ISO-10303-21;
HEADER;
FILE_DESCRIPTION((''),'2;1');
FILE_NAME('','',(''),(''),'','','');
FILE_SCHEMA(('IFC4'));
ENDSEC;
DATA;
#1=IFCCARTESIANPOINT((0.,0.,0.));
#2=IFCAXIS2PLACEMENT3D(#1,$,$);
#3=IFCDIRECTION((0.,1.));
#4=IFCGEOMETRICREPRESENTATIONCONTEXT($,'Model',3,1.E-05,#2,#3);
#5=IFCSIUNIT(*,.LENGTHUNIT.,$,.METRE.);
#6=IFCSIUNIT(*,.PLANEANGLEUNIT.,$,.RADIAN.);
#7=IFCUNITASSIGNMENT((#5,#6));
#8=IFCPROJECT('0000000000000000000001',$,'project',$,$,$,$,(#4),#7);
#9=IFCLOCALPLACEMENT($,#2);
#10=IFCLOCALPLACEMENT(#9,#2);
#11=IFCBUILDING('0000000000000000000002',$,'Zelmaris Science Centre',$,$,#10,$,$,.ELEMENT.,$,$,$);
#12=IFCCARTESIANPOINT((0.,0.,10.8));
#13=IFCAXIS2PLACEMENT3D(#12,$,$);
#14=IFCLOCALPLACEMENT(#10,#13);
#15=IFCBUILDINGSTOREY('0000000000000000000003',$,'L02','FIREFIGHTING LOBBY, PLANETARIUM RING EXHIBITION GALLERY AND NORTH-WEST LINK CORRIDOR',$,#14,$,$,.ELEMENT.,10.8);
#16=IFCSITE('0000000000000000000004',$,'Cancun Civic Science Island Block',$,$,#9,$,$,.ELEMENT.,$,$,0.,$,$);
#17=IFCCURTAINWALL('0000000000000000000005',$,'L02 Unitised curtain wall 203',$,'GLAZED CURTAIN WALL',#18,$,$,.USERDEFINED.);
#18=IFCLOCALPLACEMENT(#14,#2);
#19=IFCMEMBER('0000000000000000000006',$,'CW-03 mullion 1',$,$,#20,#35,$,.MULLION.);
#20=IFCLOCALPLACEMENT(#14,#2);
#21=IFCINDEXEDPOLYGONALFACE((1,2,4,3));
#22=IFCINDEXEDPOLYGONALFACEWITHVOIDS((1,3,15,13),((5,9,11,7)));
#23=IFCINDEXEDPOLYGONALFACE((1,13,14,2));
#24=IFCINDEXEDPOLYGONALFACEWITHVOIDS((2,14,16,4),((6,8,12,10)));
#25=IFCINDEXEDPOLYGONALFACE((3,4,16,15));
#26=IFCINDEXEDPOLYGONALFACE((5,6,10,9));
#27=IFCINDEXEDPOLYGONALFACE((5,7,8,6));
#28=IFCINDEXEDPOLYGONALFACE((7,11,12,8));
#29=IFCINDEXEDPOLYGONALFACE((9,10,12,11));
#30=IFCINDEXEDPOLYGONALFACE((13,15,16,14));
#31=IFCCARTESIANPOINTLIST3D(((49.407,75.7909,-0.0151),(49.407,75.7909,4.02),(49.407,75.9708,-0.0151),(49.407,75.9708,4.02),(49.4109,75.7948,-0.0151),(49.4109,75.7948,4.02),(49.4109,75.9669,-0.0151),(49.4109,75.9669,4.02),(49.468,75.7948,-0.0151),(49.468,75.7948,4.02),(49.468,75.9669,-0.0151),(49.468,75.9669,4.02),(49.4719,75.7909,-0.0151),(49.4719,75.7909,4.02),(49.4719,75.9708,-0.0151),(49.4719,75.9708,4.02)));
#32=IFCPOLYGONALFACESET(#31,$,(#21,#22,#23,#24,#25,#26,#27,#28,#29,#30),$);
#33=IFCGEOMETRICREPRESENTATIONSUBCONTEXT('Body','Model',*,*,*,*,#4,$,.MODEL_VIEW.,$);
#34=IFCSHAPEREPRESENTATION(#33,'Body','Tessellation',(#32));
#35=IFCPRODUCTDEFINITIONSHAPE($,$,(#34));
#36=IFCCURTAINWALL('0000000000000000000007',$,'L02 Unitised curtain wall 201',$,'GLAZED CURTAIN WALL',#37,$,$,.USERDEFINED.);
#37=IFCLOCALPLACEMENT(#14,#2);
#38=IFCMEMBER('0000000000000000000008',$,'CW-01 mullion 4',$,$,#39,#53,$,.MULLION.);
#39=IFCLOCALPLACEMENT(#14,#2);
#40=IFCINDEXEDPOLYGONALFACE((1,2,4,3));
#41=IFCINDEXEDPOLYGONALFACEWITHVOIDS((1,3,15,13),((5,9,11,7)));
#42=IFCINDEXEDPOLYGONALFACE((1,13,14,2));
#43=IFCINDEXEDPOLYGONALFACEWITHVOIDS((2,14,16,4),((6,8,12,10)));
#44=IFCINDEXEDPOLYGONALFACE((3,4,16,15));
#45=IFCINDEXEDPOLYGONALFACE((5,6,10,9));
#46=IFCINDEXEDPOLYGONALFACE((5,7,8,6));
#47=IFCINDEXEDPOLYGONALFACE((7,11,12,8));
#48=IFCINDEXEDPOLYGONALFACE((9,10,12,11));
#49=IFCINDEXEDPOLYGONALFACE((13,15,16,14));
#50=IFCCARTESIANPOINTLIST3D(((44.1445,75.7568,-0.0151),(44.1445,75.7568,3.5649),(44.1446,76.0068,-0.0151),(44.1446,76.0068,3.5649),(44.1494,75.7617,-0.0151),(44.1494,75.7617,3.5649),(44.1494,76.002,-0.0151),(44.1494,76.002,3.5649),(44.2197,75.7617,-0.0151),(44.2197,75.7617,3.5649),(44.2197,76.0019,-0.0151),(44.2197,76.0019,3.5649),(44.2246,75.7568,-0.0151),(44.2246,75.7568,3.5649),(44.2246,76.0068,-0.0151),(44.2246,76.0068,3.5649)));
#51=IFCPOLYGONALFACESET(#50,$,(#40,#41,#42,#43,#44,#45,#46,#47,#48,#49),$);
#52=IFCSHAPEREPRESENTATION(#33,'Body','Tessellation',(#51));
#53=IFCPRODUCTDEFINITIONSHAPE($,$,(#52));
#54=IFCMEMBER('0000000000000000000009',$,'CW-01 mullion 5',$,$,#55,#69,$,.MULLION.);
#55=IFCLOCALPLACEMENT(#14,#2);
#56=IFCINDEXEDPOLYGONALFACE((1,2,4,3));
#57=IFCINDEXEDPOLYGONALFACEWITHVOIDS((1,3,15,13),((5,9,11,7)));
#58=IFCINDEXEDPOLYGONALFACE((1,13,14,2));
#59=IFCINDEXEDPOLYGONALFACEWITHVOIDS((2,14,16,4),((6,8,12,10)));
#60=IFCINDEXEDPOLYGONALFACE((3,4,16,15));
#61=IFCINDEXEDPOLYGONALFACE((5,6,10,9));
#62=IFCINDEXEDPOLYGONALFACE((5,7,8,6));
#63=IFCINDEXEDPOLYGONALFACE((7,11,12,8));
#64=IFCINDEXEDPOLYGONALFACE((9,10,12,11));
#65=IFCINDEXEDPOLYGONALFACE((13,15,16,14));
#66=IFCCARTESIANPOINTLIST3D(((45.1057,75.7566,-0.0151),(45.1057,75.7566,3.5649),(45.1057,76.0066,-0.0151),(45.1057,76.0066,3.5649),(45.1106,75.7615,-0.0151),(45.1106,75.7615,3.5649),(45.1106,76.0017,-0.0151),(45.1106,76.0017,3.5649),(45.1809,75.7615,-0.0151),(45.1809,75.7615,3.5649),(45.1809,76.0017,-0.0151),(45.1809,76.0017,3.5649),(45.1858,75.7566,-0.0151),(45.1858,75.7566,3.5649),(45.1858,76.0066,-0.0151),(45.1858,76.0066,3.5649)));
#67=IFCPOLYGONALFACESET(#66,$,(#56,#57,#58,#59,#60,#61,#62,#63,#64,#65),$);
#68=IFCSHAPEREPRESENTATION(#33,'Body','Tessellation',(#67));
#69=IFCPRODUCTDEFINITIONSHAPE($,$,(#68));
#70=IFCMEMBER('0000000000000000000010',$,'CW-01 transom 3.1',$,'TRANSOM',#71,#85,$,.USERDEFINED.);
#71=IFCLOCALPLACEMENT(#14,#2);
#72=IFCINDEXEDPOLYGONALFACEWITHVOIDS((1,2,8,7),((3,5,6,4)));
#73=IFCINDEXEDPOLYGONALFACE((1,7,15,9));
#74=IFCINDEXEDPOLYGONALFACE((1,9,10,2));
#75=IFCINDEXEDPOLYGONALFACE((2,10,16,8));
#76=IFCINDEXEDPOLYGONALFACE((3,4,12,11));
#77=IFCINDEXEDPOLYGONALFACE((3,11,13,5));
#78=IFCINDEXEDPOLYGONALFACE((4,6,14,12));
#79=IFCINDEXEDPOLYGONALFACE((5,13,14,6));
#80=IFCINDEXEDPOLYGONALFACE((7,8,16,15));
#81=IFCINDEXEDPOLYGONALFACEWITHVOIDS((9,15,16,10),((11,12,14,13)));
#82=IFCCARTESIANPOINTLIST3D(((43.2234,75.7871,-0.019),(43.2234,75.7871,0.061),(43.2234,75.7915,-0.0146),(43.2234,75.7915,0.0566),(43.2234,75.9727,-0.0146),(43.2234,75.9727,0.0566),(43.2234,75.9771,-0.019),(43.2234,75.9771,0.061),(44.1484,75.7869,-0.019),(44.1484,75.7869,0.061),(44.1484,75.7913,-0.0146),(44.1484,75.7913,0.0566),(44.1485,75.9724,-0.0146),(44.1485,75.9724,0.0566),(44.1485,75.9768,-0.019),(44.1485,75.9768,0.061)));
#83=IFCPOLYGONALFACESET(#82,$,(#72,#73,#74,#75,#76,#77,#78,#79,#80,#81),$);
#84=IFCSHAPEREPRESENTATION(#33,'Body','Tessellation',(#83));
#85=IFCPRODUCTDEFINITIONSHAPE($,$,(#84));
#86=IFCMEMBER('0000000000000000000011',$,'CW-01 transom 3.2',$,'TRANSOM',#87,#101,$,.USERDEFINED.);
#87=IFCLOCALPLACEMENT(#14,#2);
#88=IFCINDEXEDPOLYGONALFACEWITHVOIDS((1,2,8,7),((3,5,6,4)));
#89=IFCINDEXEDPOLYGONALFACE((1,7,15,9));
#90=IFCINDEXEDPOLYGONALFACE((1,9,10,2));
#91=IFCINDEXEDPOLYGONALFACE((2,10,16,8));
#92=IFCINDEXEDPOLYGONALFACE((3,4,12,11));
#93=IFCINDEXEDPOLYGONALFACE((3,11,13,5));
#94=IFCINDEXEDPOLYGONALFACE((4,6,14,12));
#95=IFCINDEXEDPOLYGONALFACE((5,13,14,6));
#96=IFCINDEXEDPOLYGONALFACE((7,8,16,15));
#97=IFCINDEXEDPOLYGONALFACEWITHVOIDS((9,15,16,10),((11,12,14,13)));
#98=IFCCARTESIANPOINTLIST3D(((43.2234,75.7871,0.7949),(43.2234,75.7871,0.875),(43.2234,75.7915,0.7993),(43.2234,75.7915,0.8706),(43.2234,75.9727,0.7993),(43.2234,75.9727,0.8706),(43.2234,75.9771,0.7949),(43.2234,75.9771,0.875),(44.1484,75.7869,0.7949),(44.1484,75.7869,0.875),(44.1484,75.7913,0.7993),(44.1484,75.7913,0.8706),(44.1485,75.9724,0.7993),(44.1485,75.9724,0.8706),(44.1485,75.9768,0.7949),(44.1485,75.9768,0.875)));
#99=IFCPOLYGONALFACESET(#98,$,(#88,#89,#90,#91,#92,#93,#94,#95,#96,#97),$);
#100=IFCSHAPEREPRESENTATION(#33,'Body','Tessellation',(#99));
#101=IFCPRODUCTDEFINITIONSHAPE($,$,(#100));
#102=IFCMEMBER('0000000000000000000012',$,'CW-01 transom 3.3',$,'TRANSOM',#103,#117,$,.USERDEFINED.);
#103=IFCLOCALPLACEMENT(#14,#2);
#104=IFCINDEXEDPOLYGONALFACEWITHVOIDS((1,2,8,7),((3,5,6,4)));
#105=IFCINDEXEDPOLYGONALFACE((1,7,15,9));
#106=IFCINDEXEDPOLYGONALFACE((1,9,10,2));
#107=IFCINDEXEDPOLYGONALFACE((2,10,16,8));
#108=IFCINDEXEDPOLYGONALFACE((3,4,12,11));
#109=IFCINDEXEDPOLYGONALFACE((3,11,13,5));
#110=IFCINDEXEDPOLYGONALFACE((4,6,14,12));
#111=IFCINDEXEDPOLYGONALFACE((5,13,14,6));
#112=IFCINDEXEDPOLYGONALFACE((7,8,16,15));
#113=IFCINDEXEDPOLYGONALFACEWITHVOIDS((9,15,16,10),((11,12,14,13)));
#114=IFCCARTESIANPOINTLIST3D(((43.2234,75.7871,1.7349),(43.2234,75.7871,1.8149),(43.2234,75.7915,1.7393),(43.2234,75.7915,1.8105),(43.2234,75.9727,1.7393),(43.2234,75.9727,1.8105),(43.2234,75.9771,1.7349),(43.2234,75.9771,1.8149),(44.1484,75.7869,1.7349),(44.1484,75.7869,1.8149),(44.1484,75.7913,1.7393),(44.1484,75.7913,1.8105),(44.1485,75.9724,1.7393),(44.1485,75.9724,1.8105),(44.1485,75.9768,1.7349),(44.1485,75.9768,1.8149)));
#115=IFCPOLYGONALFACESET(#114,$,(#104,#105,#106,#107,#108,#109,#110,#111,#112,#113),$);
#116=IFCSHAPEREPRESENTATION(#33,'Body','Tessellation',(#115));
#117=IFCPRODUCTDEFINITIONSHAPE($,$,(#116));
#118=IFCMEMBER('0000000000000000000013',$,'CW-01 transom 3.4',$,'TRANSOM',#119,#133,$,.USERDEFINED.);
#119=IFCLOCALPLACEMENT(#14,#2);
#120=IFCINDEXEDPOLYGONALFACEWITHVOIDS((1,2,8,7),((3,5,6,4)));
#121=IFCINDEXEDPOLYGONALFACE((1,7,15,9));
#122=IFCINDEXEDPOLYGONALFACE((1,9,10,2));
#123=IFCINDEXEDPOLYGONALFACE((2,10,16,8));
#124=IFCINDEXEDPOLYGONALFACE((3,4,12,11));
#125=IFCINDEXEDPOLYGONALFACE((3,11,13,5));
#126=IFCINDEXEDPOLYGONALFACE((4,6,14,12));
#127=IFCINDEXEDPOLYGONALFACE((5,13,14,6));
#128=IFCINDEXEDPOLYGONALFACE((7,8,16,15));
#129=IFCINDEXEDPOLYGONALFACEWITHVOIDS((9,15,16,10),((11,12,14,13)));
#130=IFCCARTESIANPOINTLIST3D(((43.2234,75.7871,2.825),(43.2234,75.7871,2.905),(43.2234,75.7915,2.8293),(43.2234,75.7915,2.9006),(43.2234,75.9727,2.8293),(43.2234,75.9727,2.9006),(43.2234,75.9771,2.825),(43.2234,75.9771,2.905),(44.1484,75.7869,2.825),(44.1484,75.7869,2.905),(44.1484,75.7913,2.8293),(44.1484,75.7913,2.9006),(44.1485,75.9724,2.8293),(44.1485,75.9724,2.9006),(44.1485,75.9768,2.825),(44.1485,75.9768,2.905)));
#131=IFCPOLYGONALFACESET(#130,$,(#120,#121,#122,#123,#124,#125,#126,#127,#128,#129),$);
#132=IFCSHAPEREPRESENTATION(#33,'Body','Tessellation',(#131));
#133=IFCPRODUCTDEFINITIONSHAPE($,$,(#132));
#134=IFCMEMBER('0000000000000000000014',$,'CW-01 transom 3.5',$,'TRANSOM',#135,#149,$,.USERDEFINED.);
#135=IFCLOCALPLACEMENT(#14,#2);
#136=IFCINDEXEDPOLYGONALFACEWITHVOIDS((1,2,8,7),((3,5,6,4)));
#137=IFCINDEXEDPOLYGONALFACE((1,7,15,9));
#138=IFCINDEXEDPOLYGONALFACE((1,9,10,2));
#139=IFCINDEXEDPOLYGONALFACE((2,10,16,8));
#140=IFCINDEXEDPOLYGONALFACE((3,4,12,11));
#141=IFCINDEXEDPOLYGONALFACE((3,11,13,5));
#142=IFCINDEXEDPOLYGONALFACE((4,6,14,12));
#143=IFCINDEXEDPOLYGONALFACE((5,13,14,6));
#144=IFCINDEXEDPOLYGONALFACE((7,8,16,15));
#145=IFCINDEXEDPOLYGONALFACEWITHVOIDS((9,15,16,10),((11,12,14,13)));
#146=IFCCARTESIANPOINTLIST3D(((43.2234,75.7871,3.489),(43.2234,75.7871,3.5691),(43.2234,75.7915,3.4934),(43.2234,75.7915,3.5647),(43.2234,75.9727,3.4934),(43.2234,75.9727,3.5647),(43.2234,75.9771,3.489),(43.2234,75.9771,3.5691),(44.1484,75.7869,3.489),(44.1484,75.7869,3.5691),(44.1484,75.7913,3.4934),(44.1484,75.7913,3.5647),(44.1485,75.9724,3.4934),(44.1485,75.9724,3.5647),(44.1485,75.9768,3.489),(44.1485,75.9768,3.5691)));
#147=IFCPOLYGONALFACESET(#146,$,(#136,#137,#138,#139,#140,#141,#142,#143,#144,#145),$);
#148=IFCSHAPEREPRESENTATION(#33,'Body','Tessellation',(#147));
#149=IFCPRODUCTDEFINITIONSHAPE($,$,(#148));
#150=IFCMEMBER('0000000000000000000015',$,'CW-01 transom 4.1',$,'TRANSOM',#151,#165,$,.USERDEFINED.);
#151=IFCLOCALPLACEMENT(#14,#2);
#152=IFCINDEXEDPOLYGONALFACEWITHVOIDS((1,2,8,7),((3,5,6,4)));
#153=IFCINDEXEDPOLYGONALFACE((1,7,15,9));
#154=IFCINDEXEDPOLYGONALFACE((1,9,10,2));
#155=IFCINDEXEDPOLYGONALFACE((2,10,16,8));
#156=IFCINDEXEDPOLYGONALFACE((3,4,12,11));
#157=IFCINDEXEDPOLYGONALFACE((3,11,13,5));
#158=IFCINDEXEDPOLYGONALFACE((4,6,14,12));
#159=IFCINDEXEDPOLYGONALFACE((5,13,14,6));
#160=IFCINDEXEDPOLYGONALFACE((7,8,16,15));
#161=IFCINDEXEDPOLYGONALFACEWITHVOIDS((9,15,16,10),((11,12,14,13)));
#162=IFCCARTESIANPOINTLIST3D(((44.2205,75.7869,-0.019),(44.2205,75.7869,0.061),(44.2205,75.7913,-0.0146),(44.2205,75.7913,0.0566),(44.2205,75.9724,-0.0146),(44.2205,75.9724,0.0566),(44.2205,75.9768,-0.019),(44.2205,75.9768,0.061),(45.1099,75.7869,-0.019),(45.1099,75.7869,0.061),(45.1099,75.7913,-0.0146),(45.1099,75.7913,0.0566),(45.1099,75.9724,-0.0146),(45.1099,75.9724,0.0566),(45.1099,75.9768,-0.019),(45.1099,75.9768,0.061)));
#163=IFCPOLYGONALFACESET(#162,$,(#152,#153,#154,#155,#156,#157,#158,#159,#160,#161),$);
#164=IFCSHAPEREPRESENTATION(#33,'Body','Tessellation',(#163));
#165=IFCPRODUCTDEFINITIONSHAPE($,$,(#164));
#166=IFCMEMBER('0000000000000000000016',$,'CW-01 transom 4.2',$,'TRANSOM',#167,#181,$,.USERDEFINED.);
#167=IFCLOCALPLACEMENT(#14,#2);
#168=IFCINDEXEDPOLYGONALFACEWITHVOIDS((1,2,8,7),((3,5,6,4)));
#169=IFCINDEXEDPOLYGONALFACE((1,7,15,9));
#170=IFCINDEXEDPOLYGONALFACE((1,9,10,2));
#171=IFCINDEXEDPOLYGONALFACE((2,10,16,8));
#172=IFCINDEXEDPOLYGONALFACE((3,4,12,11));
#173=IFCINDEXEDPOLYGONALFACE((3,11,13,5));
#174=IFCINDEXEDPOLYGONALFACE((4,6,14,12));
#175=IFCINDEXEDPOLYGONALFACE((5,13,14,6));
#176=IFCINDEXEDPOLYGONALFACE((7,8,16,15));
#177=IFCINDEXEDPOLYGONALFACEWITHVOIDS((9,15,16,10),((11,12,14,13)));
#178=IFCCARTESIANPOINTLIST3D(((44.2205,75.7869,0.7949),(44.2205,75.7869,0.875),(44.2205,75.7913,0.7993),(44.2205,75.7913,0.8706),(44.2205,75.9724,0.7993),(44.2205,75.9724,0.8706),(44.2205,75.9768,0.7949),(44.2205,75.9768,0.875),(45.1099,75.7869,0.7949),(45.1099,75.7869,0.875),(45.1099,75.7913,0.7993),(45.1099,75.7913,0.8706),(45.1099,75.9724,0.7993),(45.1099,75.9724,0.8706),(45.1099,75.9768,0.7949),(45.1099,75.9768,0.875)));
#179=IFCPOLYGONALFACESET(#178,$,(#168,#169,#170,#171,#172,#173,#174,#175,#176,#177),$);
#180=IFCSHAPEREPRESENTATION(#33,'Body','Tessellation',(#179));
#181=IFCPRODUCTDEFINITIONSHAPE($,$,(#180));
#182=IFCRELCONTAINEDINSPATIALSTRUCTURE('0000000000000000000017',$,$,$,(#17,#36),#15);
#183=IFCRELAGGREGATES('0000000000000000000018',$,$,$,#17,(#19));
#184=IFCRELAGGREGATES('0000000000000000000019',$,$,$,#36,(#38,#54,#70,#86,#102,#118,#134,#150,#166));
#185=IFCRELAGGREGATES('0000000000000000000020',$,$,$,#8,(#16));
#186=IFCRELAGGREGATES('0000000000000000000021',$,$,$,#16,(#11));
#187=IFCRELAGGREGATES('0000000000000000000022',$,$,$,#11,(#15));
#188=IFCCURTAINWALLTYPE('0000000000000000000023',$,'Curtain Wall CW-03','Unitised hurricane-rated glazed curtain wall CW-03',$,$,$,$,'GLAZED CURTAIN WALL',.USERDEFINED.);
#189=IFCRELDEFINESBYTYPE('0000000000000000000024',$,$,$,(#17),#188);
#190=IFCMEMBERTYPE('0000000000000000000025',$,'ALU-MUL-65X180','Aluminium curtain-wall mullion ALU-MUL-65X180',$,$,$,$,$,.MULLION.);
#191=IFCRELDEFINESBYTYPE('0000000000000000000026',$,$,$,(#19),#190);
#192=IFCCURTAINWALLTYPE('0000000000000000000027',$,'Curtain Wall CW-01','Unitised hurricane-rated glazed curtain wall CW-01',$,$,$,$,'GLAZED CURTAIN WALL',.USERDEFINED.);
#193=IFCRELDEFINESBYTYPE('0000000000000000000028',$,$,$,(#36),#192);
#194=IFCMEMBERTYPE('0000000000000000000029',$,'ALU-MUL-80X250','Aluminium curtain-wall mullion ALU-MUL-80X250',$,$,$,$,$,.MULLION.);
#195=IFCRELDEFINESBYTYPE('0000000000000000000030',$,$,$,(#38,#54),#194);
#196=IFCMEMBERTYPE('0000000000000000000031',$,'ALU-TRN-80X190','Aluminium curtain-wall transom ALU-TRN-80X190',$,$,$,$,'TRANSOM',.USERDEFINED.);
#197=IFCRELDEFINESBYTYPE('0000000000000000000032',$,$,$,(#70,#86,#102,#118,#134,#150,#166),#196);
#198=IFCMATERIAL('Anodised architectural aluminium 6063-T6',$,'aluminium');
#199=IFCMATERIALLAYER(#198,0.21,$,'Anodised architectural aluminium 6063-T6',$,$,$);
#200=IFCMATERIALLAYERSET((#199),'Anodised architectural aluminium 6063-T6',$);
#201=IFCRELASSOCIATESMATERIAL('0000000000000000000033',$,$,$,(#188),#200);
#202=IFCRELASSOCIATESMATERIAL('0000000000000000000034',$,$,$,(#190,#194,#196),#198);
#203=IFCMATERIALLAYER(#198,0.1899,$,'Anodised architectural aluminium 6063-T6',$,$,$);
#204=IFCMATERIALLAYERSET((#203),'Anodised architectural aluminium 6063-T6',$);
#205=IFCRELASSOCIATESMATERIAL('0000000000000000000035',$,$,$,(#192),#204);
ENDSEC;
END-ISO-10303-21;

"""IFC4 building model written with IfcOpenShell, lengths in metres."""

from ifc_helpers import new_model, si_unit, direction, frame, origin, origin_2d, place, context, subcontext, project, spatial, hollow_rectangle, extrude, material, layer, layer_set, material_profile, profile_set, type_object, element, aggregate, save


model = new_model("IFC4")

# Units and contexts
model_context = context("Model", 3, precision=1e-05, world=origin(), true_north=direction((0.0, 1.0)))
body_context = subcontext(model_context, "Body", "Model", "MODEL_VIEW")
ifc_project = project(units=[si_unit("LENGTHUNIT", "METRE"), si_unit("PLANEANGLEUNIT", "RADIAN")], contexts=[model_context])

# Site, building, storey
site_placement = place(None, origin())
site = spatial("IfcSite", under=ifc_project, at=site_placement, Name="Cancun Civic Science Island Block", CompositionType="ELEMENT", RefElevation=0.0)
building_placement = place(site_placement, origin())
building = spatial("IfcBuilding", under=site, at=building_placement, Name="Zelmaris Science Centre", CompositionType="ELEMENT")
storey_placement = place(building_placement, frame((0.0, 0.0, 10.8)))
storey = spatial("IfcBuildingStorey", under=building, at=storey_placement, Name="L02", Description="FIREFIGHTING LOBBY, PLANETARIUM RING EXHIBITION GALLERY AND NORTH-WEST LINK CORRIDOR", CompositionType="ELEMENT", Elevation=10.8)

# Curtain wall, member
ifc_material_1 = material(Name="Anodised architectural aluminium 6063-T6", Category="aluminium")
ifc_layer_1 = layer(ifc_material_1, 0.21, Name="Anodised architectural aluminium 6063-T6")
ifc_layer_set_1 = layer_set([ifc_layer_1], Name="Anodised architectural aluminium 6063-T6")
curtain_wall_type_1 = type_object("IfcCurtainWallType", Name="Curtain Wall CW-03", Description="Unitised hurricane-rated glazed curtain wall CW-03", ElementType="GLAZED CURTAIN WALL", PredefinedType="USERDEFINED", material=ifc_layer_set_1)
curtain_wall_1_placement = place(storey_placement, origin())
curtain_wall_1 = element("IfcCurtainWall", 1, at=curtain_wall_1_placement, inside=storey, type_object=curtain_wall_type_1, Name="L02 Unitised curtain wall 203", ObjectType="GLAZED CURTAIN WALL", PredefinedType="USERDEFINED")
ifc_material_profile_1 = material_profile(ifc_material_1, hollow_rectangle(XDim=0.0649, YDim=0.1799, WallThickness=0.0039, at=origin_2d()), Name="ALU-MUL-65X180")
ifc_profile_set_1 = profile_set([ifc_material_profile_1], Name="Anodised architectural aluminium 6063-T6")
member_type_1 = type_object("IfcMemberType", Name="ALU-MUL-65X180", Description="Aluminium curtain-wall mullion ALU-MUL-65X180", PredefinedType="MULLION", material=ifc_profile_set_1)
member_1_placement = place(storey_placement, frame((49.4395, 75.8809, -0.0151), z_axis=(0.0, 0.0, 1.0), x_axis=(1.0, -0.000194, 0.0)))
member_1 = element("IfcMember", 2, at=member_1_placement, type_object=member_type_1, Name="CW-03 mullion 1", PredefinedType="MULLION", context=body_context, shape_type="SweptSolid", body=[
    extrude(hollow_rectangle(XDim=0.0649, YDim=0.1799, WallThickness=0.0039, at=origin_2d()), origin(), (0.0, 0.0, 1.0), 4.0352),
])
aggregate(curtain_wall_1, [member_1])

# Curtain wall, members
ifc_layer_2 = layer(ifc_material_1, 0.1899, Name="Anodised architectural aluminium 6063-T6")
ifc_layer_set_2 = layer_set([ifc_layer_2], Name="Anodised architectural aluminium 6063-T6")
curtain_wall_type_2 = type_object("IfcCurtainWallType", Name="Curtain Wall CW-01", Description="Unitised hurricane-rated glazed curtain wall CW-01", ElementType="GLAZED CURTAIN WALL", PredefinedType="USERDEFINED", material=ifc_layer_set_2)
curtain_wall_2_placement = place(storey_placement, origin())
curtain_wall_2 = element("IfcCurtainWall", 3, at=curtain_wall_2_placement, inside=storey, type_object=curtain_wall_type_2, Name="L02 Unitised curtain wall 201", ObjectType="GLAZED CURTAIN WALL", PredefinedType="USERDEFINED")
ifc_material_profile_2 = material_profile(ifc_material_1, hollow_rectangle(XDim=0.0801, YDim=0.25, WallThickness=0.0049, at=origin_2d()), Name="ALU-MUL-80X250")
ifc_profile_set_2 = profile_set([ifc_material_profile_2], Name="Anodised architectural aluminium 6063-T6")
member_type_2 = type_object("IfcMemberType", Name="ALU-MUL-80X250", Description="Aluminium curtain-wall mullion ALU-MUL-80X250", PredefinedType="MULLION", material=ifc_profile_set_2)
member_2_placement = place(storey_placement, frame((44.1846, 75.8818, -0.0151), z_axis=(0.0, 0.0, 1.0), x_axis=(1.0, -0.000194, 0.0)))
member_2 = element("IfcMember", 4, at=member_2_placement, type_object=member_type_2, Name="CW-01 mullion 4", PredefinedType="MULLION", context=body_context, shape_type="SweptSolid", body=[
    extrude(hollow_rectangle(XDim=0.0801, YDim=0.25, WallThickness=0.0049, at=origin_2d()), origin(), (0.0, 0.0, 1.0), 3.5801),
])
member_3_placement = place(storey_placement, frame((45.1458, 75.8816, -0.0151), z_axis=(0.0, 0.0, 1.0), x_axis=(1.0, -0.000194, 0.0)))
member_3 = element("IfcMember", 5, at=member_3_placement, type_object=member_type_2, Name="CW-01 mullion 5", PredefinedType="MULLION", context=body_context, shape_type="SweptSolid", body=[
    extrude(hollow_rectangle(XDim=0.0801, YDim=0.25, WallThickness=0.0049, at=origin_2d()), origin(), (0.0, 0.0, 1.0), 3.5801),
])
ifc_material_profile_3 = material_profile(ifc_material_1, hollow_rectangle(XDim=0.0801, YDim=0.1899, WallThickness=0.0044, at=origin_2d()), Name="ALU-TRN-80X190")
ifc_profile_set_3 = profile_set([ifc_material_profile_3], Name="Anodised architectural aluminium 6063-T6")
member_type_3 = type_object("IfcMemberType", Name="ALU-TRN-80X190", Description="Aluminium curtain-wall transom ALU-TRN-80X190", ElementType="TRANSOM", PredefinedType="USERDEFINED", material=ifc_profile_set_3)
member_4_placement = place(storey_placement, frame((43.2234, 75.8821, 0.021), z_axis=(1.0, -0.000264, 0.0), x_axis=(0.0, 0.0, 1.0)))
member_4 = element("IfcMember", 6, at=member_4_placement, type_object=member_type_3, Name="CW-01 transom 3.1", ObjectType="TRANSOM", PredefinedType="USERDEFINED", context=body_context, shape_type="SweptSolid", body=[
    extrude(hollow_rectangle(XDim=0.0801, YDim=0.1899, WallThickness=0.0044, at=origin_2d()), origin(), (0.0, 0.0, 1.0), 0.925),
])
member_5_placement = place(storey_placement, frame((43.2234, 75.8821, 0.835), z_axis=(1.0, -0.000264, 0.0), x_axis=(0.0, 0.0, 1.0)))
member_5 = element("IfcMember", 7, at=member_5_placement, type_object=member_type_3, Name="CW-01 transom 3.2", ObjectType="TRANSOM", PredefinedType="USERDEFINED", context=body_context, shape_type="SweptSolid", body=[
    extrude(hollow_rectangle(XDim=0.0801, YDim=0.1899, WallThickness=0.0044, at=origin_2d()), origin(), (0.0, 0.0, 1.0), 0.925),
])
member_6_placement = place(storey_placement, frame((43.2234, 75.8821, 1.7749), z_axis=(1.0, -0.000264, 0.0), x_axis=(0.0, 0.0, 1.0)))
member_6 = element("IfcMember", 8, at=member_6_placement, type_object=member_type_3, Name="CW-01 transom 3.3", ObjectType="TRANSOM", PredefinedType="USERDEFINED", context=body_context, shape_type="SweptSolid", body=[
    extrude(hollow_rectangle(XDim=0.0801, YDim=0.1899, WallThickness=0.0044, at=origin_2d()), origin(), (0.0, 0.0, 1.0), 0.925),
])
member_7_placement = place(storey_placement, frame((43.2234, 75.8821, 2.865), z_axis=(1.0, -0.000264, 0.0), x_axis=(0.0, 0.0, 1.0)))
member_7 = element("IfcMember", 9, at=member_7_placement, type_object=member_type_3, Name="CW-01 transom 3.4", ObjectType="TRANSOM", PredefinedType="USERDEFINED", context=body_context, shape_type="SweptSolid", body=[
    extrude(hollow_rectangle(XDim=0.0801, YDim=0.1899, WallThickness=0.0044, at=origin_2d()), origin(), (0.0, 0.0, 1.0), 0.925),
])
member_8_placement = place(storey_placement, frame((43.2234, 75.8821, 3.5291), z_axis=(1.0, -0.000264, 0.0), x_axis=(0.0, 0.0, 1.0)))
member_8 = element("IfcMember", 10, at=member_8_placement, type_object=member_type_3, Name="CW-01 transom 3.5", ObjectType="TRANSOM", PredefinedType="USERDEFINED", context=body_context, shape_type="SweptSolid", body=[
    extrude(hollow_rectangle(XDim=0.0801, YDim=0.1899, WallThickness=0.0044, at=origin_2d()), origin(), (0.0, 0.0, 1.0), 0.925),
])
member_9_placement = place(storey_placement, frame((44.2205, 75.8818, 0.021), z_axis=(1.0, 0.0, 0.0), x_axis=(0.0, 0.0, 1.0)))
member_9 = element("IfcMember", 11, at=member_9_placement, type_object=member_type_3, Name="CW-01 transom 4.1", ObjectType="TRANSOM", PredefinedType="USERDEFINED", context=body_context, shape_type="SweptSolid", body=[
    extrude(hollow_rectangle(XDim=0.0801, YDim=0.1899, WallThickness=0.0044, at=origin_2d()), origin(), (0.0, 0.0, 1.0), 0.8894),
])
member_10_placement = place(storey_placement, frame((44.2205, 75.8818, 0.835), z_axis=(1.0, 0.0, 0.0), x_axis=(0.0, 0.0, 1.0)))
member_10 = element("IfcMember", 12, at=member_10_placement, type_object=member_type_3, Name="CW-01 transom 4.2", ObjectType="TRANSOM", PredefinedType="USERDEFINED", context=body_context, shape_type="SweptSolid", body=[
    extrude(hollow_rectangle(XDim=0.0801, YDim=0.1899, WallThickness=0.0044, at=origin_2d()), origin(), (0.0, 0.0, 1.0), 0.8894),
])
aggregate(curtain_wall_2, [member_2, member_3, member_4, member_5, member_6, member_7, member_8, member_9, member_10])

save(model, "model.ifc")
